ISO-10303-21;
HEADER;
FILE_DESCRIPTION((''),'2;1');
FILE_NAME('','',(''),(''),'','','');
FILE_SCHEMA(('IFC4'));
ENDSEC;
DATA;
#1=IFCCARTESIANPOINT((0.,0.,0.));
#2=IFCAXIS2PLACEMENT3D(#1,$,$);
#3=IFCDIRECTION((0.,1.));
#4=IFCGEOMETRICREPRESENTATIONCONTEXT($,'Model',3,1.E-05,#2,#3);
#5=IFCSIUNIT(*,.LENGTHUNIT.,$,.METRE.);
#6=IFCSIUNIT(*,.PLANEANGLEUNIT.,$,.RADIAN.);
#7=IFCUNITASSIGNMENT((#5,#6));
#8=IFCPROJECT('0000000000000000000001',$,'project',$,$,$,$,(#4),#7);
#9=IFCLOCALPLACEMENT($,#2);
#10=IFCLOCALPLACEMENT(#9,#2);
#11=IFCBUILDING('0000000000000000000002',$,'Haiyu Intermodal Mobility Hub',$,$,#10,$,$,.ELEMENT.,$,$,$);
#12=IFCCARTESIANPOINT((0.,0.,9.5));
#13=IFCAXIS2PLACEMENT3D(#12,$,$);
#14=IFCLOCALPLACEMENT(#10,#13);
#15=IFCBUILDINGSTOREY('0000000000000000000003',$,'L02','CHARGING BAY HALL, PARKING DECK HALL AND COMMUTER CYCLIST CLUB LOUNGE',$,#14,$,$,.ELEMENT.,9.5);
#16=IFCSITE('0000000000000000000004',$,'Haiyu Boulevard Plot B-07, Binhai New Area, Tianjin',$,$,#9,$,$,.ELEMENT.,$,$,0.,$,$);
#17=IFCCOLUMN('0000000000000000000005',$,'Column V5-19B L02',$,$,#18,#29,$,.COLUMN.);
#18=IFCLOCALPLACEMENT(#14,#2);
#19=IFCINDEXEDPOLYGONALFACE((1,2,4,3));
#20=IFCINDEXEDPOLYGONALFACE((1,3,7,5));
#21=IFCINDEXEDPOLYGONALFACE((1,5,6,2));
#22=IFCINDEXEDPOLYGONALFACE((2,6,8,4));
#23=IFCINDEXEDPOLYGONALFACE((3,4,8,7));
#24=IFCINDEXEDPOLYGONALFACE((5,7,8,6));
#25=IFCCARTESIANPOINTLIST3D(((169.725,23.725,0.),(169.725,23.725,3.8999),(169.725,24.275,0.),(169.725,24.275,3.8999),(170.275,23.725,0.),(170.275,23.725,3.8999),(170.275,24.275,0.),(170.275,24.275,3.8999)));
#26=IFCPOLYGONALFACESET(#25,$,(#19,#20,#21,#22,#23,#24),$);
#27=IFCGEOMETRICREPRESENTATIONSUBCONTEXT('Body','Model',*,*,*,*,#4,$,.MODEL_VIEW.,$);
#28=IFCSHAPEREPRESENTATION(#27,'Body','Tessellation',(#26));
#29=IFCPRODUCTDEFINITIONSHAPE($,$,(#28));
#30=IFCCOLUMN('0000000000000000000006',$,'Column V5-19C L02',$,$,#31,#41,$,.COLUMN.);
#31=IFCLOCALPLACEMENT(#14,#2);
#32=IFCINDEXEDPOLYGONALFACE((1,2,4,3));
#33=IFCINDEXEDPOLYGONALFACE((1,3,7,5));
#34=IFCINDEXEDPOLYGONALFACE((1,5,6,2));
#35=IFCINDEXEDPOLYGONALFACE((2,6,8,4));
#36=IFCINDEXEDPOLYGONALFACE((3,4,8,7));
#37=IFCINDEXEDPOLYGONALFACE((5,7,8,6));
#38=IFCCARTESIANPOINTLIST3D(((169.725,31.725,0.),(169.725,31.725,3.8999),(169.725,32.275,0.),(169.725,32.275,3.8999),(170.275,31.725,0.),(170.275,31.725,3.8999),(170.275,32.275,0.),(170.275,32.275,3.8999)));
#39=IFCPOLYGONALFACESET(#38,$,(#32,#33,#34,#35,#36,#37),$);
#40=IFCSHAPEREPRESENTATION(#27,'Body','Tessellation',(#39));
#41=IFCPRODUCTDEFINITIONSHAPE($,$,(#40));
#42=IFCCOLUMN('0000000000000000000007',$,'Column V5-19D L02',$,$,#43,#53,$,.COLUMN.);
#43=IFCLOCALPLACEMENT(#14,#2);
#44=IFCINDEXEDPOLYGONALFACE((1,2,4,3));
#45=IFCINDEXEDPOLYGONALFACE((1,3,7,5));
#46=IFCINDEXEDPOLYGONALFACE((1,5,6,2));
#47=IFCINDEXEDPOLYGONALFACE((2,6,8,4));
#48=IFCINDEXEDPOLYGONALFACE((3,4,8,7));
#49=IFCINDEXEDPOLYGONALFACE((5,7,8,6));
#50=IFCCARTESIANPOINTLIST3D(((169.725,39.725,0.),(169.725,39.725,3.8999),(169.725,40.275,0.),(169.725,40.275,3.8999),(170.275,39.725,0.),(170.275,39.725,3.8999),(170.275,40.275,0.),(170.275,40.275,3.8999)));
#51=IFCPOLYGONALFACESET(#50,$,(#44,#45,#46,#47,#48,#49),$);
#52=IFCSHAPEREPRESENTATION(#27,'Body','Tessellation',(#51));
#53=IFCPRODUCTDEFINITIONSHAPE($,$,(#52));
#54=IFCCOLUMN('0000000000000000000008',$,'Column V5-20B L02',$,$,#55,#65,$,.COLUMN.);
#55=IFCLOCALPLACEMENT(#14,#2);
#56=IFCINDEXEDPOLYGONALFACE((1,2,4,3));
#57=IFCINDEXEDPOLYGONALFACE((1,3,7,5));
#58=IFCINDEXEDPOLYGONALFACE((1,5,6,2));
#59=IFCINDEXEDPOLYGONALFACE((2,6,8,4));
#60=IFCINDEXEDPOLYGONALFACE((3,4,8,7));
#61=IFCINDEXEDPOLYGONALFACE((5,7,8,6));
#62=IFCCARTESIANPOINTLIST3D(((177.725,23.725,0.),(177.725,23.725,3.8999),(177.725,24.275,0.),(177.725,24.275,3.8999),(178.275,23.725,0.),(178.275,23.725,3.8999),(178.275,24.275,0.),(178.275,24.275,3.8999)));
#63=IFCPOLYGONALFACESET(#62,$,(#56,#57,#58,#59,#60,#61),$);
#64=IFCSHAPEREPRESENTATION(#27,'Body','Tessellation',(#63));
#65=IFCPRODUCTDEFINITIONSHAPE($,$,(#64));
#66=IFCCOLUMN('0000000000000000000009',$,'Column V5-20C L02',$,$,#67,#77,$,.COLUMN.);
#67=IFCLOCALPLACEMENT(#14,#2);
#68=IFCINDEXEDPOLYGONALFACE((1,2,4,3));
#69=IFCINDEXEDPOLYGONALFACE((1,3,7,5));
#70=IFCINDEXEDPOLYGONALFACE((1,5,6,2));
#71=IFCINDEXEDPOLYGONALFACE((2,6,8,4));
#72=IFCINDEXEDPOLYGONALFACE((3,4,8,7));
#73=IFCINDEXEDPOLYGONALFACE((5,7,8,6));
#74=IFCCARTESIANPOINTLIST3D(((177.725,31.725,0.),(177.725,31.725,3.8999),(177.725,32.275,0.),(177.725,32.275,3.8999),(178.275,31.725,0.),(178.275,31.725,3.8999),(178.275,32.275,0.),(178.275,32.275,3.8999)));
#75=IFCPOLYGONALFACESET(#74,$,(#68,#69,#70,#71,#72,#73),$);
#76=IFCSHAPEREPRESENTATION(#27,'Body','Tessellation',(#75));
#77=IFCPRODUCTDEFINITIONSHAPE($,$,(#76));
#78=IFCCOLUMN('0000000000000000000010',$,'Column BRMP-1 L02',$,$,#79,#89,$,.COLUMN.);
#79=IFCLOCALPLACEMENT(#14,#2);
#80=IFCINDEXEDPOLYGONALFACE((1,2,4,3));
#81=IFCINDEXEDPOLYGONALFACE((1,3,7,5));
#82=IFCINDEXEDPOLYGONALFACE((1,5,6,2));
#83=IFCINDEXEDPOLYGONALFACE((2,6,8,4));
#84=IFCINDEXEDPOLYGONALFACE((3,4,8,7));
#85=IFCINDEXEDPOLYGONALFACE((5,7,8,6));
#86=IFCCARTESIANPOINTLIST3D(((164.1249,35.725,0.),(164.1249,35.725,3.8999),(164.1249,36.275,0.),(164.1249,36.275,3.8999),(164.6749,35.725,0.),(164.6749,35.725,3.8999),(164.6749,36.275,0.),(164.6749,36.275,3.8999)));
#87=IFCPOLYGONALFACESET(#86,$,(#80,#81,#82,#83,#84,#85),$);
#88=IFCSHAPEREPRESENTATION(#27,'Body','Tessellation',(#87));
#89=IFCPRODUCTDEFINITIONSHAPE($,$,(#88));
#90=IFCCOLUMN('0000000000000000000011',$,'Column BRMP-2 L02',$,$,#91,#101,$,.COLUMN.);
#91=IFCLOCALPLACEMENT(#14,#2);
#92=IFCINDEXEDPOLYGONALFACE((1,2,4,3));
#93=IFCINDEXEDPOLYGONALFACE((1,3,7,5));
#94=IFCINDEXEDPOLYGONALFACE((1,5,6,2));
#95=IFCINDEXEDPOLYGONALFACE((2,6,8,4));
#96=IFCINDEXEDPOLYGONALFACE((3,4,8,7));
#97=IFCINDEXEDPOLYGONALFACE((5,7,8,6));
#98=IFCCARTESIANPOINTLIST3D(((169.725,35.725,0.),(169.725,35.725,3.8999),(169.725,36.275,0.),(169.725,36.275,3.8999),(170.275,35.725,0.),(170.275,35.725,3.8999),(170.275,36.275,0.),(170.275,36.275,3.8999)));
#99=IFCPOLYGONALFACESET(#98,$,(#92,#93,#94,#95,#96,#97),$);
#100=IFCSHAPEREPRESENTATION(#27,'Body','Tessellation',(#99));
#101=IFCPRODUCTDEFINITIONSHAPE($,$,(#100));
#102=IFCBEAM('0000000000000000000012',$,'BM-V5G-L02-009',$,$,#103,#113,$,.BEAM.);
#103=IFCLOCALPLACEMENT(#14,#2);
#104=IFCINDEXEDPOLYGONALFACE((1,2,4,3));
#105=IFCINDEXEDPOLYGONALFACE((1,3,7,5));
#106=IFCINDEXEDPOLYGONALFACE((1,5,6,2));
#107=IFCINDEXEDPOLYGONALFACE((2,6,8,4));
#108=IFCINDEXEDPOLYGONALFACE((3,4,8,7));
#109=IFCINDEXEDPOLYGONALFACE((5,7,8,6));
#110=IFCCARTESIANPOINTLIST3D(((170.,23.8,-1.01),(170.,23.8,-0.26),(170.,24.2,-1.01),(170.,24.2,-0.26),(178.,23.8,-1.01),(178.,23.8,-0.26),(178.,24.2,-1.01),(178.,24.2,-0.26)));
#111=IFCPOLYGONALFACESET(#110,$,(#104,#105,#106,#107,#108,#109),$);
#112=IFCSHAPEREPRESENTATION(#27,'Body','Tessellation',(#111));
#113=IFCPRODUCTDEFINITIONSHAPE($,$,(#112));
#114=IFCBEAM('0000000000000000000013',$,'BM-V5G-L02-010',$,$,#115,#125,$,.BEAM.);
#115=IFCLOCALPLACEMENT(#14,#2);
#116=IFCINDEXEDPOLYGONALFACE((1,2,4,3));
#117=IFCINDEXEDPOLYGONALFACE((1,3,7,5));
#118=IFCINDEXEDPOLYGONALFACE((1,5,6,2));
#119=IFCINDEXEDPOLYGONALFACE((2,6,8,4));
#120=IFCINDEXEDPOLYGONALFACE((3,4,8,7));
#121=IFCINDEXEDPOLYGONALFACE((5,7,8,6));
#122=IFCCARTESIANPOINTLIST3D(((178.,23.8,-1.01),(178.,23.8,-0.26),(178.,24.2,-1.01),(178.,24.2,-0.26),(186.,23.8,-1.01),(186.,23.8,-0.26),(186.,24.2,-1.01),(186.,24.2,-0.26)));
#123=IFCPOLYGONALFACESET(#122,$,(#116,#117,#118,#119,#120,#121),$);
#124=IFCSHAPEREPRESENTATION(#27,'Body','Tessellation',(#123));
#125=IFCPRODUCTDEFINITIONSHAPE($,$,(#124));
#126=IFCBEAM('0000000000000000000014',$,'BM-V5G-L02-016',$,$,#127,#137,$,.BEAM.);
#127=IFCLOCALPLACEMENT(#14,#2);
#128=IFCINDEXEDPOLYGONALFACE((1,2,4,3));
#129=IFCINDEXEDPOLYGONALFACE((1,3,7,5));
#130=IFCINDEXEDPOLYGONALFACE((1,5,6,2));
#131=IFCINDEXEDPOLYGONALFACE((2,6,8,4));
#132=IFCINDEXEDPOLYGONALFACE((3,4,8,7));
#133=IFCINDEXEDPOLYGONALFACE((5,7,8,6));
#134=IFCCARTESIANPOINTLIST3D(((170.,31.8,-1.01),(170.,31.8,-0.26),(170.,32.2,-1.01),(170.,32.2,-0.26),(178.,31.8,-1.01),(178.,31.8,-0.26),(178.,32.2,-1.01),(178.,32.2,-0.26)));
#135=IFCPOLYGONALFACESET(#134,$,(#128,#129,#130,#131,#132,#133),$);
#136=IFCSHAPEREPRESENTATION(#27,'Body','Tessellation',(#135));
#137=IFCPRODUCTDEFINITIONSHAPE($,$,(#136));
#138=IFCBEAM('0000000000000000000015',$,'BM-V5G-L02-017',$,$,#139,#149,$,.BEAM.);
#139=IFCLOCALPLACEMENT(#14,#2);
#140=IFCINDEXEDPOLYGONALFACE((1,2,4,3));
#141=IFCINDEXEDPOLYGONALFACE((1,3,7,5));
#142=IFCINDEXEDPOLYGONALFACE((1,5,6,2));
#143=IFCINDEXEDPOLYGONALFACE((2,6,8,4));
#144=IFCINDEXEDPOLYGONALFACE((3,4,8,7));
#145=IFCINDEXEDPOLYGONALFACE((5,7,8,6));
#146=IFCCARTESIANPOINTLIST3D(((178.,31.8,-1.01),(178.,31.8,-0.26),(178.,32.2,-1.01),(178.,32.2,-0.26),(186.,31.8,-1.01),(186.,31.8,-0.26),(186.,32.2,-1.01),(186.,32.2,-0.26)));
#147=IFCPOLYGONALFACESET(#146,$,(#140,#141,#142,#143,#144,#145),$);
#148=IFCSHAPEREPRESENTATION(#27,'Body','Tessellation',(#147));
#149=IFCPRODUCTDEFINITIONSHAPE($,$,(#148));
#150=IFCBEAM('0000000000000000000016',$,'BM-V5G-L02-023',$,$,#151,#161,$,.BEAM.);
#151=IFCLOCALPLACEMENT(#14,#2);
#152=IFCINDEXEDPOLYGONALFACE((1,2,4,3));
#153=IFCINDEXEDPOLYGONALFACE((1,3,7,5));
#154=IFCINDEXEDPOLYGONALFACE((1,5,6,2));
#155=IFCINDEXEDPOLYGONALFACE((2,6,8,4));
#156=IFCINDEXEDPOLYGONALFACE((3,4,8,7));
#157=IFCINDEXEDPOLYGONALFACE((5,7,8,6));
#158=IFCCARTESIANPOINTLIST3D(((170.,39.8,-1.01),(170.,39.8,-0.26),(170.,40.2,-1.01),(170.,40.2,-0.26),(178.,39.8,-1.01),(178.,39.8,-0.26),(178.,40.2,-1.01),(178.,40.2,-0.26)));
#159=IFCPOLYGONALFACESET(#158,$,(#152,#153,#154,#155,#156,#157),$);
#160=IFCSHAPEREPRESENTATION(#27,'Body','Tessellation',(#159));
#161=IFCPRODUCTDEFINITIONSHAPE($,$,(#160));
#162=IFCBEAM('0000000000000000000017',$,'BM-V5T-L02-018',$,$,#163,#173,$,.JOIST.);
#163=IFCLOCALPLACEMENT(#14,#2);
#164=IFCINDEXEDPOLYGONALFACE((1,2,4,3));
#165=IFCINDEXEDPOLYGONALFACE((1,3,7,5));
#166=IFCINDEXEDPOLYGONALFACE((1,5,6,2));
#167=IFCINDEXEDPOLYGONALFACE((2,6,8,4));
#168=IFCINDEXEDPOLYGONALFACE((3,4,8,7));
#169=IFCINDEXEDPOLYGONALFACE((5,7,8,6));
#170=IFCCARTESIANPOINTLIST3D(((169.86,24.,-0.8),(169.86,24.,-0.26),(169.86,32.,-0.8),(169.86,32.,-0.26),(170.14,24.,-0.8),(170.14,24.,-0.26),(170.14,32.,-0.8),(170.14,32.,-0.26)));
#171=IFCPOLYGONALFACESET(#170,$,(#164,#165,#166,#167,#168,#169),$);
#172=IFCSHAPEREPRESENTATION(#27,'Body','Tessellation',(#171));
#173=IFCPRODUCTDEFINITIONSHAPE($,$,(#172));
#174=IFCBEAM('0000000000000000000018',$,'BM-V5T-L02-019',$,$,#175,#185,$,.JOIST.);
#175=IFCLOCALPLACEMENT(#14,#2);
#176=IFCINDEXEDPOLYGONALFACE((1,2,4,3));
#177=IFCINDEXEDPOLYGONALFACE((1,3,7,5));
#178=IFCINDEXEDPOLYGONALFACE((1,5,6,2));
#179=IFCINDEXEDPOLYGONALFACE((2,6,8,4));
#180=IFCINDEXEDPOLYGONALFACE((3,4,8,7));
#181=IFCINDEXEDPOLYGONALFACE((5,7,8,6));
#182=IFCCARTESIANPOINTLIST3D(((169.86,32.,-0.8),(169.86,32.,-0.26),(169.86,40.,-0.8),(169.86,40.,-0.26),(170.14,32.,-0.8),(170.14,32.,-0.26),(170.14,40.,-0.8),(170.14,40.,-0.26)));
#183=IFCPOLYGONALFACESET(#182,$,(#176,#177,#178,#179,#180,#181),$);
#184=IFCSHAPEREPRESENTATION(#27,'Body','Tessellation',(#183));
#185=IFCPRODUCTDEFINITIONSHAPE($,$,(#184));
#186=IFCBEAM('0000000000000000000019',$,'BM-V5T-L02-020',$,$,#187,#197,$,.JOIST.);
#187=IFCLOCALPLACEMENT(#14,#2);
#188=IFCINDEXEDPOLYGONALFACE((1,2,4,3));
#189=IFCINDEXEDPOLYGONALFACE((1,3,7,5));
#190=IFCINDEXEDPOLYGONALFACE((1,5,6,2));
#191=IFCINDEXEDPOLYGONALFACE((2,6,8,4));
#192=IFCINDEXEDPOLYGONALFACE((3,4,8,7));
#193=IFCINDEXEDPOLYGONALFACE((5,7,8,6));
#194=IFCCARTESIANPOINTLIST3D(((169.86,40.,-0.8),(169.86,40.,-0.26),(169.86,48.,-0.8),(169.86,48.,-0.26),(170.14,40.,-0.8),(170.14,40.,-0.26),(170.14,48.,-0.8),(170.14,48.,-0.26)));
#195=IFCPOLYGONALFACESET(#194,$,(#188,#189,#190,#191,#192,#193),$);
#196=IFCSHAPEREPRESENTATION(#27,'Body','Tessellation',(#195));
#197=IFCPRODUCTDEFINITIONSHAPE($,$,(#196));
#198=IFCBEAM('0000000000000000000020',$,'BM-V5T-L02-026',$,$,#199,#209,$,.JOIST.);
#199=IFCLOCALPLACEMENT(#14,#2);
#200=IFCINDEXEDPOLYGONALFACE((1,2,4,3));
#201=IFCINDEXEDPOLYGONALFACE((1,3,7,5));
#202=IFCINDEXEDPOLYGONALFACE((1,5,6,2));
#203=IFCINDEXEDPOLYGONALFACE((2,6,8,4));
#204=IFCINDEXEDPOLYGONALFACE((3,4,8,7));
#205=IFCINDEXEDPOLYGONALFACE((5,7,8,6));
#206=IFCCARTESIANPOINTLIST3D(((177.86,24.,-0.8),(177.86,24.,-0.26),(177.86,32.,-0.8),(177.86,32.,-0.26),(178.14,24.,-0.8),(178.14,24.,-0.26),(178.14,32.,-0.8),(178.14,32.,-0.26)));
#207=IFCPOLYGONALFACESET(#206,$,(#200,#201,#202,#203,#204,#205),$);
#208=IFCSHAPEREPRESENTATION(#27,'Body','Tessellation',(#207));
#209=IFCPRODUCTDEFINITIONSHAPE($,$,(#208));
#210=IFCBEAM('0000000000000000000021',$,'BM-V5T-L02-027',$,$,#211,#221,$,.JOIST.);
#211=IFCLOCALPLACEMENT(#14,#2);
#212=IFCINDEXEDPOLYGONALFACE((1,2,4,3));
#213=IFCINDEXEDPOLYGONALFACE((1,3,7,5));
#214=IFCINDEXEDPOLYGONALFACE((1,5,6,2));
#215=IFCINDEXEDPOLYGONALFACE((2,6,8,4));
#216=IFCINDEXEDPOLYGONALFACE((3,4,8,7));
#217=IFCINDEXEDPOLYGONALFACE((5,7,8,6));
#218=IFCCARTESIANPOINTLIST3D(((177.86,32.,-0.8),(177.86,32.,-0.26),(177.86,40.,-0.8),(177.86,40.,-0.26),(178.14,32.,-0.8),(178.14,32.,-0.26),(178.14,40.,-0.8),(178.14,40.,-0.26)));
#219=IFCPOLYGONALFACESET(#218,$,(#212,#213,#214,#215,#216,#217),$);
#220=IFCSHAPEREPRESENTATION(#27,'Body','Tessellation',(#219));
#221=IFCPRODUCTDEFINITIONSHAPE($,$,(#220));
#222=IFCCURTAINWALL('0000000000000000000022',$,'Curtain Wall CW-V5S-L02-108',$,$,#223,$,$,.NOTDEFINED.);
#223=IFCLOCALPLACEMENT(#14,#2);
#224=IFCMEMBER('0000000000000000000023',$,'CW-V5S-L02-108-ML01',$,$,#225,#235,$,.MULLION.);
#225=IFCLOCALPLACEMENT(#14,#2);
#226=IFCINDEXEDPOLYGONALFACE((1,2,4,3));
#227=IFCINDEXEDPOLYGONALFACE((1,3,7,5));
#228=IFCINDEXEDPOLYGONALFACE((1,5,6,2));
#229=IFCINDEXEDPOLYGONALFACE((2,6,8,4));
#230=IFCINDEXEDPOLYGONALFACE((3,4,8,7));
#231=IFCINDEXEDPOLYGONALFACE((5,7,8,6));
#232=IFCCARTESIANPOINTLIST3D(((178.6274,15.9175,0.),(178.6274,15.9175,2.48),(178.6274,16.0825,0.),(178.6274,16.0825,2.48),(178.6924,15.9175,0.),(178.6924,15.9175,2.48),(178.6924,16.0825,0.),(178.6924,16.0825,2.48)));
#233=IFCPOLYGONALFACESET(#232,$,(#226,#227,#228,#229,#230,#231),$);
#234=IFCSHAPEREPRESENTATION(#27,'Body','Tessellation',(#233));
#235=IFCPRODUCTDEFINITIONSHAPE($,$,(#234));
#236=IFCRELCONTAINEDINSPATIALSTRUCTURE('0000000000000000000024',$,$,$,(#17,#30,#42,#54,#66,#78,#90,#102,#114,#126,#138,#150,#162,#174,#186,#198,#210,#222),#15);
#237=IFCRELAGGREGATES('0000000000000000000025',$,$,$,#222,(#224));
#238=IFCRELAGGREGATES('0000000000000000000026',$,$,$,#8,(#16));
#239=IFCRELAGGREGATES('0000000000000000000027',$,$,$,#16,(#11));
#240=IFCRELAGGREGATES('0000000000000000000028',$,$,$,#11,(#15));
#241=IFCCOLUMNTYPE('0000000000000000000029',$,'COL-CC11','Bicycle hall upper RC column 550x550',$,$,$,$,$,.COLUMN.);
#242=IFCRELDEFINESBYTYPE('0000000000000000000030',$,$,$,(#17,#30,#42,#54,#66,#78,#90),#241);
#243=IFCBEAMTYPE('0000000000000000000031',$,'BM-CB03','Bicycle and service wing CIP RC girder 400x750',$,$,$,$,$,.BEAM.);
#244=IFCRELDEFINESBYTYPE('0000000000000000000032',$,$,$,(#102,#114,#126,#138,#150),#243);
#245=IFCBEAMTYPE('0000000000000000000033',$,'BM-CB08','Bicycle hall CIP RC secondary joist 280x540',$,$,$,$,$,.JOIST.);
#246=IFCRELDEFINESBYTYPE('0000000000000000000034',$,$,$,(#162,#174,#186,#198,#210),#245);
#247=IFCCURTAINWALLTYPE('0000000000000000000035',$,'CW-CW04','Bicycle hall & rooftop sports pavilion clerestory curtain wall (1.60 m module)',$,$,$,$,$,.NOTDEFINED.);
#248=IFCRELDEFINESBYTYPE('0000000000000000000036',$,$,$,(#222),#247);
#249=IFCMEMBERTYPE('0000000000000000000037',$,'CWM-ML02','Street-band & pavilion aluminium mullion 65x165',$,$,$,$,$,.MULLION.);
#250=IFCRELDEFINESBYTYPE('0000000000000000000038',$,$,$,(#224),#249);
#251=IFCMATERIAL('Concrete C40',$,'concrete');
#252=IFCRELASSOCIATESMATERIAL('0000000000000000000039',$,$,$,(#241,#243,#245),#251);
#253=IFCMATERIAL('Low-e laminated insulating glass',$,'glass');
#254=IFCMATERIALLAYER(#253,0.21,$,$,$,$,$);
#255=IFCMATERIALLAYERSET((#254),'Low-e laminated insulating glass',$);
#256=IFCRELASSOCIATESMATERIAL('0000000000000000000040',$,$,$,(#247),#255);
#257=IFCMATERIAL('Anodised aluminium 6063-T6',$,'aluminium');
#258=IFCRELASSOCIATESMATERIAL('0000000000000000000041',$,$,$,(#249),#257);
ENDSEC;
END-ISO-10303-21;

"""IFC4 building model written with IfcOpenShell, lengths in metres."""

from ifc_helpers import new_model, si_unit, direction, frame, origin, origin_2d, place, context, subcontext, project, spatial, rectangle, extrude, material, layer, layer_set, material_profile, profile_set, type_object, element, aggregate, save


model = new_model("IFC4")

# Units and contexts
model_context = context("Model", 3, precision=1e-05, world=origin(), true_north=direction((0.0, 1.0)))
body_context = subcontext(model_context, "Body", "Model", "MODEL_VIEW")
ifc_project = project(units=[si_unit("LENGTHUNIT", "METRE"), si_unit("PLANEANGLEUNIT", "RADIAN")], contexts=[model_context])

# Site, building, storey
site_placement = place(None, origin())
site = spatial("IfcSite", under=ifc_project, at=site_placement, Name="Haiyu Boulevard Plot B-07, Binhai New Area, Tianjin", CompositionType="ELEMENT", RefElevation=0.0)
building_placement = place(site_placement, origin())
building = spatial("IfcBuilding", under=site, at=building_placement, Name="Haiyu Intermodal Mobility Hub", CompositionType="ELEMENT")
storey_placement = place(building_placement, frame((0.0, 0.0, 9.5)))
storey = spatial("IfcBuildingStorey", under=building, at=storey_placement, Name="L02", Description="CHARGING BAY HALL, PARKING DECK HALL AND COMMUTER CYCLIST CLUB LOUNGE", CompositionType="ELEMENT", Elevation=9.5)

# Columns
ifc_material_1 = material(Name="Concrete C40", Category="concrete")
ifc_material_profile_1 = material_profile(ifc_material_1, rectangle(XDim=0.55, YDim=0.55, at=origin_2d()), Name="RC550x550")
ifc_profile_set_1 = profile_set([ifc_material_profile_1], Name="Concrete C40")
column_type = type_object("IfcColumnType", Name="COL-CC11", Description="Bicycle hall upper RC column 550x550", PredefinedType="COLUMN", material=ifc_profile_set_1)
for number, where, z_axis, x_axis, name in (
    (1, (170.0, 24.0, 0.0), (0.0, 0.0, 1.0), (1.0, 0.0, 0.0), "Column V5-19B L02"),
    (2, (170.0, 32.0, 0.0), (0.0, 0.0, 1.0), (1.0, 0.0, 0.0), "Column V5-19C L02"),
    (3, (170.0, 40.0, 0.0), (0.0, 0.0, 1.0), (1.0, 0.0, 0.0), "Column V5-19D L02"),
    (4, (178.0, 24.0, 0.0), (0.0, 0.0, 1.0), (1.0, 0.0, 0.0), "Column V5-20B L02"),
    (5, (178.0, 32.0, 0.0), (0.0, 0.0, 1.0), (1.0, 0.0, 0.0), "Column V5-20C L02"),
    (6, (164.3999, 36.0, 0.0), (0.0, 0.0, 1.0), (1.0, 0.0, 0.0), "Column BRMP-1 L02"),
    (7, (170.0, 36.0, 0.0), (0.0, 0.0, 1.0), (1.0, 0.0, 0.0), "Column BRMP-2 L02"),
):
    element("IfcColumn", number, at=place(storey_placement, frame(where, z_axis=z_axis, x_axis=x_axis)), inside=storey, type_object=column_type, Name=name, PredefinedType="COLUMN", context=body_context, shape_type="SweptSolid", body=[
        extrude(rectangle(XDim=0.55, YDim=0.55, at=origin_2d()), origin(), (0.0, 0.0, 1.0), 3.8999),
    ])

# Beams
ifc_material_profile_2 = material_profile(ifc_material_1, rectangle(XDim=0.3999, YDim=0.75, at=origin_2d()), Name="RCB400x750")
ifc_profile_set_2 = profile_set([ifc_material_profile_2], Name="Concrete C40")
beam_type_1 = type_object("IfcBeamType", Name="BM-CB03", Description="Bicycle and service wing CIP RC girder 400x750", PredefinedType="BEAM", material=ifc_profile_set_2)
for number, where, z_axis, x_axis, name in (
    (8, (170.0, 24.0, -0.635), (1.0, 0.0, 0.0), (0.0, 1.0, 0.0), "BM-V5G-L02-009"),
    (9, (178.0, 24.0, -0.635), (1.0, 0.0, 0.0), (0.0, 1.0, 0.0), "BM-V5G-L02-010"),
    (10, (170.0, 32.0, -0.635), (1.0, 0.0, 0.0), (0.0, 1.0, 0.0), "BM-V5G-L02-016"),
    (11, (178.0, 32.0, -0.635), (1.0, 0.0, 0.0), (0.0, 1.0, 0.0), "BM-V5G-L02-017"),
    (12, (170.0, 40.0, -0.635), (1.0, 0.0, 0.0), (0.0, 1.0, 0.0), "BM-V5G-L02-023"),
):
    element("IfcBeam", number, at=place(storey_placement, frame(where, z_axis=z_axis, x_axis=x_axis)), inside=storey, type_object=beam_type_1, Name=name, PredefinedType="BEAM", context=body_context, shape_type="SweptSolid", body=[
        extrude(rectangle(XDim=0.3999, YDim=0.75, at=origin_2d()), origin(), (0.0, 0.0, 1.0), 8.0),
    ])
ifc_material_profile_3 = material_profile(ifc_material_1, rectangle(XDim=0.28, YDim=0.54, at=origin_2d()), Name="RCB280x540")
ifc_profile_set_3 = profile_set([ifc_material_profile_3], Name="Concrete C40")
beam_type_2 = type_object("IfcBeamType", Name="BM-CB08", Description="Bicycle hall CIP RC secondary joist 280x540", PredefinedType="JOIST", material=ifc_profile_set_3)
for number, where, z_axis, x_axis, name in (
    (13, (170.0, 24.0, -0.53), (0.0, 1.0, 0.0), (-1.0, 0.0, 0.0), "BM-V5T-L02-018"),
    (14, (170.0, 32.0, -0.53), (0.0, 1.0, 0.0), (-1.0, 0.0, 0.0), "BM-V5T-L02-019"),
    (15, (170.0, 40.0, -0.53), (0.0, 1.0, 0.0), (-1.0, 0.0, 0.0), "BM-V5T-L02-020"),
    (16, (178.0, 24.0, -0.53), (0.0, 1.0, 0.0), (-1.0, 0.0, 0.0), "BM-V5T-L02-026"),
    (17, (178.0, 32.0, -0.53), (0.0, 1.0, 0.0), (-1.0, 0.0, 0.0), "BM-V5T-L02-027"),
):
    element("IfcBeam", number, at=place(storey_placement, frame(where, z_axis=z_axis, x_axis=x_axis)), inside=storey, type_object=beam_type_2, Name=name, PredefinedType="JOIST", context=body_context, shape_type="SweptSolid", body=[
        extrude(rectangle(XDim=0.28, YDim=0.54, at=origin_2d()), origin(), (0.0, 0.0, 1.0), 8.0),
    ])

# Curtain wall, member
ifc_material_2 = material(Name="Low-e laminated insulating glass", Category="glass")
ifc_layer_1 = layer(ifc_material_2, 0.21)
ifc_layer_set_1 = layer_set([ifc_layer_1], Name="Low-e laminated insulating glass")
curtain_wall_type = type_object("IfcCurtainWallType", Name="CW-CW04", Description="Bicycle hall & rooftop sports pavilion clerestory curtain wall (1.60 m module)", PredefinedType="NOTDEFINED", material=ifc_layer_set_1)
curtain_wall_placement = place(storey_placement, origin())
curtain_wall = element("IfcCurtainWall", 18, at=curtain_wall_placement, inside=storey, type_object=curtain_wall_type, Name="Curtain Wall CW-V5S-L02-108", PredefinedType="NOTDEFINED")
ifc_material_3 = material(Name="Anodised aluminium 6063-T6", Category="aluminium")
ifc_material_profile_4 = material_profile(ifc_material_3, rectangle(XDim=0.0649, YDim=0.165, at=origin_2d()), Name="ALU65x165")
ifc_profile_set_4 = profile_set([ifc_material_profile_4], Name="Anodised aluminium 6063-T6")
member_type = type_object("IfcMemberType", Name="CWM-ML02", Description="Street-band & pavilion aluminium mullion 65x165", PredefinedType="MULLION", material=ifc_profile_set_4)
member_placement = place(storey_placement, frame((178.6599, 16.0, 0.0), z_axis=(0.0, 0.0, 1.0), x_axis=(1.0, 0.0, 0.0)))
member = element("IfcMember", 19, at=member_placement, type_object=member_type, Name="CW-V5S-L02-108-ML01", PredefinedType="MULLION", context=body_context, shape_type="SweptSolid", body=[
    extrude(rectangle(XDim=0.0649, YDim=0.165, at=origin_2d()), origin(), (0.0, 0.0, 1.0), 2.48),
])
aggregate(curtain_wall, [member])

save(model, "model.ifc")
